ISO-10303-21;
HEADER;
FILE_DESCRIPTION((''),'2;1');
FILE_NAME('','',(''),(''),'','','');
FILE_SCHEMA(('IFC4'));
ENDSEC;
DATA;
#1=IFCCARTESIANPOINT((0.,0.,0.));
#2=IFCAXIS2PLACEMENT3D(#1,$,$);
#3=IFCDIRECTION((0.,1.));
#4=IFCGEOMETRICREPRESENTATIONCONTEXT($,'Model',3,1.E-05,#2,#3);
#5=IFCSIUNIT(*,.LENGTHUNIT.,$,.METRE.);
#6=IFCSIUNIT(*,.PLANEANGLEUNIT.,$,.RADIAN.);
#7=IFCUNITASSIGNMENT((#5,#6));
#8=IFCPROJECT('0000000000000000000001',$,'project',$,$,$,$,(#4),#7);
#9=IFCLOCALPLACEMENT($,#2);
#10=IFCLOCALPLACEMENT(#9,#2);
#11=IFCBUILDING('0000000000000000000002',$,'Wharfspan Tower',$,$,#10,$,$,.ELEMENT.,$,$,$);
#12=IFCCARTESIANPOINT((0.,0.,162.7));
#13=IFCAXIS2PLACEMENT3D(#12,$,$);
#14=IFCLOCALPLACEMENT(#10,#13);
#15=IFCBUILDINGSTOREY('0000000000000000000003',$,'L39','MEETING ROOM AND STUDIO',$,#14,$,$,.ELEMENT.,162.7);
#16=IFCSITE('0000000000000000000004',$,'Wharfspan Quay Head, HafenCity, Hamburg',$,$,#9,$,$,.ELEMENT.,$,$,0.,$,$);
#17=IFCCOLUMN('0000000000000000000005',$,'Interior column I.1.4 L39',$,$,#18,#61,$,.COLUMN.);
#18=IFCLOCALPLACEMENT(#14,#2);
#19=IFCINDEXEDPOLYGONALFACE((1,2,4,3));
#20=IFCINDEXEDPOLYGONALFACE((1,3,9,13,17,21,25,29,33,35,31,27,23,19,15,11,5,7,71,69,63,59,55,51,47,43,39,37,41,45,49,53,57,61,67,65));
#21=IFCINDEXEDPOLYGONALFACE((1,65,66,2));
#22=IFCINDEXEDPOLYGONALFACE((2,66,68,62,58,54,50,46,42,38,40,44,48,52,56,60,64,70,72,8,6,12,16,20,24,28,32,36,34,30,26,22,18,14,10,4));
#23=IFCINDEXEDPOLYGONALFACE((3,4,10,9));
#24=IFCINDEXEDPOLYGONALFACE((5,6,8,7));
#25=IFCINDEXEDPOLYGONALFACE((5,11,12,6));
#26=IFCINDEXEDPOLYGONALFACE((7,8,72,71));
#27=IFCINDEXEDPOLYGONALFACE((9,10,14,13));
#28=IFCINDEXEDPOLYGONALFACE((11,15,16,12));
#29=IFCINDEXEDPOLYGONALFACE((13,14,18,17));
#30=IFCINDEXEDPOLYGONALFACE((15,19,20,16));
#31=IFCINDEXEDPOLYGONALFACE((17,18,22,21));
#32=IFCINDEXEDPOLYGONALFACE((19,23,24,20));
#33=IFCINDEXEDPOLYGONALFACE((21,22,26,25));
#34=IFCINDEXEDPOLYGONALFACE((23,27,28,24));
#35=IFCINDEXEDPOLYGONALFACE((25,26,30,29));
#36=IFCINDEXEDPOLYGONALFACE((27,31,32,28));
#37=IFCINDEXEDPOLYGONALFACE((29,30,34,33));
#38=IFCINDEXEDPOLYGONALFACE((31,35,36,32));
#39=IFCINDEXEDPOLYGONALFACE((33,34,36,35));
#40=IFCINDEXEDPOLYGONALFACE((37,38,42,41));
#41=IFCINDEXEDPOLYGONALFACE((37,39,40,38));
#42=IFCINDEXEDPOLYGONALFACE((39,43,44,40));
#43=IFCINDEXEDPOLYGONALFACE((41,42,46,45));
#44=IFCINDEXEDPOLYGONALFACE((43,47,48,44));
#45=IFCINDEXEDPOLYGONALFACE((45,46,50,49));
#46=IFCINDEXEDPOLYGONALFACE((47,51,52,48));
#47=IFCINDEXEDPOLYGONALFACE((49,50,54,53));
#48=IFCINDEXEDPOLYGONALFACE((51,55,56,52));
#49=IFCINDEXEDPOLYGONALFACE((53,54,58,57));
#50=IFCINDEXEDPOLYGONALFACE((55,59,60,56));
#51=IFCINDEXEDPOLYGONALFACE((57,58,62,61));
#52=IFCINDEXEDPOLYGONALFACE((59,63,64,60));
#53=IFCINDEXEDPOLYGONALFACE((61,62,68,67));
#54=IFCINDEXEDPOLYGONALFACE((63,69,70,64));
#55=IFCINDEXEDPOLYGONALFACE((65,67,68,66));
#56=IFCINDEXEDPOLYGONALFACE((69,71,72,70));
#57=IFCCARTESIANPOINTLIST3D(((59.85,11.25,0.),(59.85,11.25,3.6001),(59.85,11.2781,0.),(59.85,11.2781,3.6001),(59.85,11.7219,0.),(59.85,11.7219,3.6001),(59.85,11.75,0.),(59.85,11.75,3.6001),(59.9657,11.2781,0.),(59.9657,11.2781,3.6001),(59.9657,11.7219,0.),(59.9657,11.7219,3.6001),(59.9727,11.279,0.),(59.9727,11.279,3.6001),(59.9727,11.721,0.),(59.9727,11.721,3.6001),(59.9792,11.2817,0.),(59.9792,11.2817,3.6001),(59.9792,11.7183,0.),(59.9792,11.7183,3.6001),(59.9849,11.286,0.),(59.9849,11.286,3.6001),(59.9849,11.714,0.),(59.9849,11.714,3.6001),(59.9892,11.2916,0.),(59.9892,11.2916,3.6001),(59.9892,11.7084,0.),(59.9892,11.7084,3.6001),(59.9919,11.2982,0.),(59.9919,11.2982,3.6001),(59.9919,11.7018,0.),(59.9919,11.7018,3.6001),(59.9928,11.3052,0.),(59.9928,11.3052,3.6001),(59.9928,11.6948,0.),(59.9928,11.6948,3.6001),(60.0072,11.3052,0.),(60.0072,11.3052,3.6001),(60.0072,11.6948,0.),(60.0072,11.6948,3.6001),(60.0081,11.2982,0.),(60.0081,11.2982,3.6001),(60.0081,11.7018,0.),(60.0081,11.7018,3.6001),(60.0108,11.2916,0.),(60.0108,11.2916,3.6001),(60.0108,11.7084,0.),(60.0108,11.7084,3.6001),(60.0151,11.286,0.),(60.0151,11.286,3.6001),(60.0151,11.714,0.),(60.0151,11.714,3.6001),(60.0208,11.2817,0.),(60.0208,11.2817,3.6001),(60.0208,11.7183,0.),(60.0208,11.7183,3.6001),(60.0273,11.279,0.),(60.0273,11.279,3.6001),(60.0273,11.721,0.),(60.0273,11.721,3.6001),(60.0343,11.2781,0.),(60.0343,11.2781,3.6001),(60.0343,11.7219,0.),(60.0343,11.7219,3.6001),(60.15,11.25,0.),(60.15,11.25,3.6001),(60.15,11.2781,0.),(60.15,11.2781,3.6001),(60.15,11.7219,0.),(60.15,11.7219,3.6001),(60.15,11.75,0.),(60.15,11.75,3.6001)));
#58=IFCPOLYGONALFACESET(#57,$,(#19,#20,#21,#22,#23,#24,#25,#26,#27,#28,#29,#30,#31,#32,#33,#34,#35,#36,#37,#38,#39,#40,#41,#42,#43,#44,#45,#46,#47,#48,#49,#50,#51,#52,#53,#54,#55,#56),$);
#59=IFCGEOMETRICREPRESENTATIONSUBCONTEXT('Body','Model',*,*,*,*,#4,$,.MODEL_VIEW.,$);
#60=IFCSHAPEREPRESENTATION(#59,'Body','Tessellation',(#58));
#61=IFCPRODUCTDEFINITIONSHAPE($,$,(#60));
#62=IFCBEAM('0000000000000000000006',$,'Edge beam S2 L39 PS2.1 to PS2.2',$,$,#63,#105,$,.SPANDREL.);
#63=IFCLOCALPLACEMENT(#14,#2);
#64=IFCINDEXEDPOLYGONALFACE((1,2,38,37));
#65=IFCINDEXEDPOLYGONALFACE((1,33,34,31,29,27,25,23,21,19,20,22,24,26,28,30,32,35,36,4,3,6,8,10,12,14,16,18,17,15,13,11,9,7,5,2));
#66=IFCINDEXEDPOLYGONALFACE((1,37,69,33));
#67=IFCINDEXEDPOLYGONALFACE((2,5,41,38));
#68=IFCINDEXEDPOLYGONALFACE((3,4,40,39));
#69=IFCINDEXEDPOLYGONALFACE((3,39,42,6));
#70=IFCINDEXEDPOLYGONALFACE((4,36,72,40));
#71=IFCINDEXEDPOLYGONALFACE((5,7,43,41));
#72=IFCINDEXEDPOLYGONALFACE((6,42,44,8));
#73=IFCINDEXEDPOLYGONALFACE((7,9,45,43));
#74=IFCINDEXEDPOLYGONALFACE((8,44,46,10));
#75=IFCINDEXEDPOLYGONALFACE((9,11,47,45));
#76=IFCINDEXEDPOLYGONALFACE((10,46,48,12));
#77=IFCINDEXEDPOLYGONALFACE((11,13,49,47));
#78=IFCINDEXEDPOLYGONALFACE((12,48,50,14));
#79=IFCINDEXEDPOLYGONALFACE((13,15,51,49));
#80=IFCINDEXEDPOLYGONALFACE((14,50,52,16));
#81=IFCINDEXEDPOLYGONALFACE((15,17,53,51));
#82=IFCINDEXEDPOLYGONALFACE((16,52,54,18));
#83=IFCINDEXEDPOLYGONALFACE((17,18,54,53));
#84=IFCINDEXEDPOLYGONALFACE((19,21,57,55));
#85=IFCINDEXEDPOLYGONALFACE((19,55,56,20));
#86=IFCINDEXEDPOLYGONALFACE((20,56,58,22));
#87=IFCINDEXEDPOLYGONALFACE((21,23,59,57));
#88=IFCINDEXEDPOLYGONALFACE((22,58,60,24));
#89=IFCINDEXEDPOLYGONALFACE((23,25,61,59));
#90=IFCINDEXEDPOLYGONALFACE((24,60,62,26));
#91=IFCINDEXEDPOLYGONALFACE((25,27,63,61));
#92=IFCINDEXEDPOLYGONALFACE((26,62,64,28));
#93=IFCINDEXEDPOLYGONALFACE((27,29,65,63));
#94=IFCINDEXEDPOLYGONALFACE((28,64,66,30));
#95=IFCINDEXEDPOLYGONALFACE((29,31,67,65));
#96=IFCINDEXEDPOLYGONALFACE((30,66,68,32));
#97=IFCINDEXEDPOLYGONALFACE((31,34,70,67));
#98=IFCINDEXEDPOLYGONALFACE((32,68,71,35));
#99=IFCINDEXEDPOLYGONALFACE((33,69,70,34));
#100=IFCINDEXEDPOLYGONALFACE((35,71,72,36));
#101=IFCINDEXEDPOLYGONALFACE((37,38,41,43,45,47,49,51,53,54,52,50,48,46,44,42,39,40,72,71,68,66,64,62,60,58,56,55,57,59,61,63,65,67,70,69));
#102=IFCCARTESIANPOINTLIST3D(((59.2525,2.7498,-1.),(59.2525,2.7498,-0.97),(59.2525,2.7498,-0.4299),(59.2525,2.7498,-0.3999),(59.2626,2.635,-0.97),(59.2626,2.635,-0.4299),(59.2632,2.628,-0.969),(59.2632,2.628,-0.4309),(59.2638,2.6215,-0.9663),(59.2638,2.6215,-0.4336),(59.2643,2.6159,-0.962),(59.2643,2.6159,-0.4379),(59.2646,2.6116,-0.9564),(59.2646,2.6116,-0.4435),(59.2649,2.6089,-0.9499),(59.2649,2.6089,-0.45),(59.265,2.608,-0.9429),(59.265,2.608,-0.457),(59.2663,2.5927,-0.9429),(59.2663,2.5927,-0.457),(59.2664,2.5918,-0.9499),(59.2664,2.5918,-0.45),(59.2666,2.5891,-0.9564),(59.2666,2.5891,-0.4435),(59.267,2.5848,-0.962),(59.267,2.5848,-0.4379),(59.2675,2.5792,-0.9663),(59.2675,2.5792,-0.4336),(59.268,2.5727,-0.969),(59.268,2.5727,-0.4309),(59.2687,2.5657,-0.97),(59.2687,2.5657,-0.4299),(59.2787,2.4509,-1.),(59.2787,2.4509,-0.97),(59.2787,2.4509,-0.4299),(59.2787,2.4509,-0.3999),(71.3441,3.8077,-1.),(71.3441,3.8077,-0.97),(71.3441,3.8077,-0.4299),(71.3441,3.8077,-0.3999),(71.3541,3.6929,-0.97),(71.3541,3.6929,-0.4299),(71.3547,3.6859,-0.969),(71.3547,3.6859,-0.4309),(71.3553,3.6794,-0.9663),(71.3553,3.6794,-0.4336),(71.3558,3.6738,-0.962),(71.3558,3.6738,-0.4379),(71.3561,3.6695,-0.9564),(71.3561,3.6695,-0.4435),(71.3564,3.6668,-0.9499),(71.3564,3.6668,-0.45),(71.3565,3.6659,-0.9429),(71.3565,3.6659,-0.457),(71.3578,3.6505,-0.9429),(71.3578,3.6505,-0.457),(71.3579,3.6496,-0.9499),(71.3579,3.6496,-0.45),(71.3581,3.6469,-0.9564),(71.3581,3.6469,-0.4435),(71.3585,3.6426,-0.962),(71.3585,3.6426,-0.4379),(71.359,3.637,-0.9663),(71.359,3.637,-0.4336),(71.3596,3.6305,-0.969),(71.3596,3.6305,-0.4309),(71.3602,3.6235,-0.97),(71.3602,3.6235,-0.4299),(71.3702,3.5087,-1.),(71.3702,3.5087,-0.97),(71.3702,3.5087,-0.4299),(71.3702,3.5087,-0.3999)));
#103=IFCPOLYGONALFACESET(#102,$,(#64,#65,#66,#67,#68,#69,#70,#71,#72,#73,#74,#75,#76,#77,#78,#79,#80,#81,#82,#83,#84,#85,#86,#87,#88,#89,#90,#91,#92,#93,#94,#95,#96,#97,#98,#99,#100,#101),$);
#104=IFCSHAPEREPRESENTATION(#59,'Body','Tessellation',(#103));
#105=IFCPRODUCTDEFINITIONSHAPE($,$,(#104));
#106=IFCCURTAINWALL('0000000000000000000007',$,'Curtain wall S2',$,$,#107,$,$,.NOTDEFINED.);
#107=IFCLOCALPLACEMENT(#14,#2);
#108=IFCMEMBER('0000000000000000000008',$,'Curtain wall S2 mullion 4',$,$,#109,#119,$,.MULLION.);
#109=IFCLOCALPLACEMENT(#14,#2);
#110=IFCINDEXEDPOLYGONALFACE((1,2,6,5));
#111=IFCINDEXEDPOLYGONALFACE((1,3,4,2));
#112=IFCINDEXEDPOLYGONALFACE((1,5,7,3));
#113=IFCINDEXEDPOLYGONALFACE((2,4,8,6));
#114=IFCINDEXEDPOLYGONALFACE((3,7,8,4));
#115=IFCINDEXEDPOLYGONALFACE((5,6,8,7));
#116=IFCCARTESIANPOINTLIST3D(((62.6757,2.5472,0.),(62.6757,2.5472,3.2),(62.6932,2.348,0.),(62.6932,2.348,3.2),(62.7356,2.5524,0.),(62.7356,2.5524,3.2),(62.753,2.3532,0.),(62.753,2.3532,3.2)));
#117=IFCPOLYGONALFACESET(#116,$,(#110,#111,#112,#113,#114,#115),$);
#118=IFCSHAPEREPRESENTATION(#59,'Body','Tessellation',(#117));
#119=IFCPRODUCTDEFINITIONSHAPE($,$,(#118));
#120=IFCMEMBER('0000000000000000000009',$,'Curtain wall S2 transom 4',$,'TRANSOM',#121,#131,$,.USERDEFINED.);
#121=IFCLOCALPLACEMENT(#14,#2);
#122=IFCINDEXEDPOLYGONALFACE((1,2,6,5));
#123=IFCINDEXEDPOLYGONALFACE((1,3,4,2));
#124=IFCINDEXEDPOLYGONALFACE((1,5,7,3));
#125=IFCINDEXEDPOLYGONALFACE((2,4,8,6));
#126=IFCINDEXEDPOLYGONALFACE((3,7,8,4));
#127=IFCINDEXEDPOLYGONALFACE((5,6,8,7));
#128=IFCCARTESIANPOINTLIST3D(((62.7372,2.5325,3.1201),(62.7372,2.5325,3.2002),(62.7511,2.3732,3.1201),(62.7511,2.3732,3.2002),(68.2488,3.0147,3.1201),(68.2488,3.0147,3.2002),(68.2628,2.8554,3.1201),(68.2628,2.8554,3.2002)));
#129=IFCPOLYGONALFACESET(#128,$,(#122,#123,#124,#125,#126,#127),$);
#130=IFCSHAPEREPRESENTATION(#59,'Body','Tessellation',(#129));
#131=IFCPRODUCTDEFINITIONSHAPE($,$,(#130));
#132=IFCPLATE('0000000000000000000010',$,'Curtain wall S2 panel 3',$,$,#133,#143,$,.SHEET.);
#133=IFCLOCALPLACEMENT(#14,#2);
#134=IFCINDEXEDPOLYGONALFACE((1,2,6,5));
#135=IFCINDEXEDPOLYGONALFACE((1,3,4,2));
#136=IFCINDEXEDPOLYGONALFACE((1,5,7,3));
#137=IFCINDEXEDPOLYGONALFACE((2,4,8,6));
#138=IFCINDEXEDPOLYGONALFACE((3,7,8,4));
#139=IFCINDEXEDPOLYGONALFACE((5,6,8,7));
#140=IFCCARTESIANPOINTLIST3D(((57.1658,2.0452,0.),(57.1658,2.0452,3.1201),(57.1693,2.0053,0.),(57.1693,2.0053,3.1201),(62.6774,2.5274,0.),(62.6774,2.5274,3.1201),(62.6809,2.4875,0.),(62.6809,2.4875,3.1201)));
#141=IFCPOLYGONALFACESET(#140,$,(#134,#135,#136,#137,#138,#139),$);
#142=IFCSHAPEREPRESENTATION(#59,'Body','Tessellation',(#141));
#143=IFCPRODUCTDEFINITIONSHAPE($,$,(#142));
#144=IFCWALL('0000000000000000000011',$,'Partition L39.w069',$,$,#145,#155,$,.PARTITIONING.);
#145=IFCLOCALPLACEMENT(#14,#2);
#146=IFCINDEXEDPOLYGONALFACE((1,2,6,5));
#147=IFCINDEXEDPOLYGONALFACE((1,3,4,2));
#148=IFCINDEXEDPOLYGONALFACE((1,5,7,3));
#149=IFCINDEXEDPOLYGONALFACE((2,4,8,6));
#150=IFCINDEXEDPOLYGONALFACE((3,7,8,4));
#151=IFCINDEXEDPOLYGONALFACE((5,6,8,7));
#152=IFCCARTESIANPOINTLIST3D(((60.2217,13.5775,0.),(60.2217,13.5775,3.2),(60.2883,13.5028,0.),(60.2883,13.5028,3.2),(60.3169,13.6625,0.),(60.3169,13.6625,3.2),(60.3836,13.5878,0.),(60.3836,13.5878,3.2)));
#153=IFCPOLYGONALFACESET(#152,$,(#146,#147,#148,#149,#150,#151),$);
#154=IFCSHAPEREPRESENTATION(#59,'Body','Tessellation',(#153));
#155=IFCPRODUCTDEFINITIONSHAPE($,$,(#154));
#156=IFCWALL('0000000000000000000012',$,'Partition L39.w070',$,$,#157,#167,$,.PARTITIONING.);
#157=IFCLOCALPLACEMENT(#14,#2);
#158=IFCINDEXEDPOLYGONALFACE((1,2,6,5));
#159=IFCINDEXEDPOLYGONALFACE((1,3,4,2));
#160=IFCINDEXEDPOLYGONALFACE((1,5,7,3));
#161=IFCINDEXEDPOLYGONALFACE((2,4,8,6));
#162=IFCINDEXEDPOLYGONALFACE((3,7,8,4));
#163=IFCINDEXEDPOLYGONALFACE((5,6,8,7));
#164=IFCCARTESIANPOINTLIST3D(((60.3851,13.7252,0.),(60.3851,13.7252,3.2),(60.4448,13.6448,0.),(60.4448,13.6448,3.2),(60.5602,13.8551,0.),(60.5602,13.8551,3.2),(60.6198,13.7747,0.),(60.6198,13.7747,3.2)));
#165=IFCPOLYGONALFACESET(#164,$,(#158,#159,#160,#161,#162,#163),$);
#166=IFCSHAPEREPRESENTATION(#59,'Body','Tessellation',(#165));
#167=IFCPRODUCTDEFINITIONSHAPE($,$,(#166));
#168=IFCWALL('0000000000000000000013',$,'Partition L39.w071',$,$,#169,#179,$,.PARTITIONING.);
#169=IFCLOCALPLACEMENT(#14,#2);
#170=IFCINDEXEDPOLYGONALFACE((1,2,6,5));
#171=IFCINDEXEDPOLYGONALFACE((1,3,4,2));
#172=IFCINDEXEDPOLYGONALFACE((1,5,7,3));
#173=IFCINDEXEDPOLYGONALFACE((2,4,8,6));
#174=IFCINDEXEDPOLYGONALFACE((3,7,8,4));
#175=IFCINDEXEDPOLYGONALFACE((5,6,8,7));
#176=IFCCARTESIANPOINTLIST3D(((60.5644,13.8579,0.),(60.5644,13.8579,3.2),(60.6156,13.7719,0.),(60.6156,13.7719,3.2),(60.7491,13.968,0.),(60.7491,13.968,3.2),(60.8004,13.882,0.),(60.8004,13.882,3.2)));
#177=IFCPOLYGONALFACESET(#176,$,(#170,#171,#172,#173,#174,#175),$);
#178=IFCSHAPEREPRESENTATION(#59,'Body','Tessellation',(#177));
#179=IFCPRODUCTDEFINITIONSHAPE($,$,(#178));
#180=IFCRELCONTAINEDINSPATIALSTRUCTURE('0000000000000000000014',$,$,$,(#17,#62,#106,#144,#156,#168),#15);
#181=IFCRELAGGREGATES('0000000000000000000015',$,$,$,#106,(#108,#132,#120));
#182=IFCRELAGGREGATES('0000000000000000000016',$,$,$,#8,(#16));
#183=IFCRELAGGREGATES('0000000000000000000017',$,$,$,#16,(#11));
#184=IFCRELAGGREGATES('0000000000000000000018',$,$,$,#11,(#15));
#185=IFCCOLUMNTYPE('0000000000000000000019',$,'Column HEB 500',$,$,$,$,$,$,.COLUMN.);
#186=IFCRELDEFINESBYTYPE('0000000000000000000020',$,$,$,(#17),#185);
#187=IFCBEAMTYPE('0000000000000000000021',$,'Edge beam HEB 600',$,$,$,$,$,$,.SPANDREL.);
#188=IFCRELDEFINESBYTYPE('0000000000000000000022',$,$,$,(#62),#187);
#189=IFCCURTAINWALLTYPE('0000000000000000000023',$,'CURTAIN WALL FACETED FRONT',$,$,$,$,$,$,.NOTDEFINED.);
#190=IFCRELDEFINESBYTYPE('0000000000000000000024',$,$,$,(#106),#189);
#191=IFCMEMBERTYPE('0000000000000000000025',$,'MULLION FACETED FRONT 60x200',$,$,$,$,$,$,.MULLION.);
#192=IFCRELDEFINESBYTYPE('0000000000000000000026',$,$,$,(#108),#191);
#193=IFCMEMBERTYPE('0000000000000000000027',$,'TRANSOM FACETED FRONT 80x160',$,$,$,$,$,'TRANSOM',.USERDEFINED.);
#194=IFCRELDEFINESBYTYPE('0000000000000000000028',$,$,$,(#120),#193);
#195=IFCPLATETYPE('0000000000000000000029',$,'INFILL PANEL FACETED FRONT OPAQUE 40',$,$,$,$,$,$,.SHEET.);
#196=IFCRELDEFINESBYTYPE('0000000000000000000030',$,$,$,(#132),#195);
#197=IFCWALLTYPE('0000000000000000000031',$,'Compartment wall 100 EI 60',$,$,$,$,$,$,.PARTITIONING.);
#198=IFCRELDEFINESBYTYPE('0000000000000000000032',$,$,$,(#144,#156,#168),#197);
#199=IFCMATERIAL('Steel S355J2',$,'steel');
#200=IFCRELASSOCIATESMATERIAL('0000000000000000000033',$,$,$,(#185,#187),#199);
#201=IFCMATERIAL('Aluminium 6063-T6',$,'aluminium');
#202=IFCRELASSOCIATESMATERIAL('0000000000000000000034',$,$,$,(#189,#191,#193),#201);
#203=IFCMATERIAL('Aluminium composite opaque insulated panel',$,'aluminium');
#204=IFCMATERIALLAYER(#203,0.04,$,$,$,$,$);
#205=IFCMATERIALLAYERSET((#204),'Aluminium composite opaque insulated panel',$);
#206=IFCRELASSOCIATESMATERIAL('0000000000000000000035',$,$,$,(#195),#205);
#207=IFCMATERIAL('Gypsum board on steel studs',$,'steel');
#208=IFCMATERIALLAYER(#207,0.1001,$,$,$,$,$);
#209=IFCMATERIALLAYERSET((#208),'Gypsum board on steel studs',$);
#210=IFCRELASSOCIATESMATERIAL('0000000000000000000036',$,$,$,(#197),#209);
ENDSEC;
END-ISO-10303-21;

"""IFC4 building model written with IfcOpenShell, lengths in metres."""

from ifc_helpers import new_model, si_unit, direction, frame, frame_2d, origin, origin_2d, place, context, subcontext, project, spatial, rectangle, i_section, extrude, material, layer, layer_set, material_profile, profile_set, type_object, element, aggregate, save


model = new_model("IFC4")

# Units and contexts
model_context = context("Model", 3, precision=1e-05, world=origin(), true_north=direction((0.0, 1.0)))
body_context = subcontext(model_context, "Body", "Model", "MODEL_VIEW")
ifc_project = project(units=[si_unit("LENGTHUNIT", "METRE"), si_unit("PLANEANGLEUNIT", "RADIAN")], contexts=[model_context])

# Site, building, storey
site_placement = place(None, origin())
site = spatial("IfcSite", under=ifc_project, at=site_placement, Name="Wharfspan Quay Head, HafenCity, Hamburg", CompositionType="ELEMENT", RefElevation=0.0)
building_placement = place(site_placement, origin())
building = spatial("IfcBuilding", under=site, at=building_placement, Name="Wharfspan Tower", CompositionType="ELEMENT")
storey_placement = place(building_placement, frame((0.0, 0.0, 162.7)))
storey = spatial("IfcBuildingStorey", under=building, at=storey_placement, Name="L39", Description="MEETING ROOM AND STUDIO", CompositionType="ELEMENT", Elevation=162.7)

# Column
ifc_material_1 = material(Name="Steel S355J2", Category="steel")
ifc_material_profile_1 = material_profile(ifc_material_1, i_section(OverallWidth=0.3, OverallDepth=0.5, WebThickness=0.0144, FlangeThickness=0.0281, FilletRadius=0.0271, at=origin_2d()))
ifc_profile_set_1 = profile_set([ifc_material_profile_1], Name="Steel S355J2")
column_type = type_object("IfcColumnType", Name="Column HEB 500", PredefinedType="COLUMN", material=ifc_profile_set_1)
column_placement = place(storey_placement, frame((60.0, 11.5, 0.0), z_axis=(0.0, 0.0, 1.0), x_axis=(1.0, 0.0, 0.0)))
element("IfcColumn", 1, at=column_placement, inside=storey, type_object=column_type, Name="Interior column I.1.4 L39", PredefinedType="COLUMN", context=body_context, shape_type="SweptSolid", body=[
    extrude(i_section(OverallWidth=0.3, OverallDepth=0.5, WebThickness=0.0144, FlangeThickness=0.0281, FilletRadius=0.0271, at=origin_2d()), origin(), (0.0, 0.0, 1.0), 3.6001),
])

# Beam
ifc_material_profile_2 = material_profile(ifc_material_1, i_section(OverallWidth=0.3, OverallDepth=0.6001, WebThickness=0.0154, FlangeThickness=0.03, FilletRadius=0.0271, at=origin_2d()))
ifc_profile_set_2 = profile_set([ifc_material_profile_2], Name="Steel S355J2")
beam_type = type_object("IfcBeamType", Name="Edge beam HEB 600", PredefinedType="SPANDREL", material=ifc_profile_set_2)
beam_placement = place(storey_placement, frame((59.2656, 2.6003, -0.7), z_axis=(0.996195, 0.087155, 0.0), x_axis=(-0.087155, 0.996195, 0.0)))
element("IfcBeam", 2, at=beam_placement, inside=storey, type_object=beam_type, Name="Edge beam S2 L39 PS2.1 to PS2.2", PredefinedType="SPANDREL", context=body_context, shape_type="SweptSolid", body=[
    extrude(i_section(OverallWidth=0.3, OverallDepth=0.6001, WebThickness=0.0154, FlangeThickness=0.03, FilletRadius=0.0271, at=origin_2d()), origin(), (0.0, 0.0, 1.0), 12.1377),
])

# Curtain wall, members, plate
ifc_material_2 = material(Name="Aluminium 6063-T6", Category="aluminium")
curtain_wall_type = type_object("IfcCurtainWallType", Name="CURTAIN WALL FACETED FRONT", PredefinedType="NOTDEFINED", material=ifc_material_2)
curtain_wall_placement = place(storey_placement, origin())
curtain_wall = element("IfcCurtainWall", 3, at=curtain_wall_placement, inside=storey, type_object=curtain_wall_type, Name="Curtain wall S2", PredefinedType="NOTDEFINED")
ifc_material_profile_3 = material_profile(ifc_material_2, rectangle(XDim=0.2, YDim=0.0601, at=origin_2d()))
ifc_profile_set_3 = profile_set([ifc_material_profile_3], Name="Aluminium 6063-T6")
member_type_1 = type_object("IfcMemberType", Name="MULLION FACETED FRONT 60x200", PredefinedType="MULLION", material=ifc_profile_set_3)
member_1_placement = place(storey_placement, frame((62.7144, 2.4502, 0.0), z_axis=(0.0, 0.0, 1.0), x_axis=(-0.087156, 0.996198, 0.0)))
member_1 = element("IfcMember", 4, at=member_1_placement, type_object=member_type_1, Name="Curtain wall S2 mullion 4", PredefinedType="MULLION", context=body_context, shape_type="SweptSolid", body=[
    extrude(rectangle(XDim=0.2, YDim=0.0601, at=origin_2d()), origin(), (0.0, 0.0, 1.0), 3.2),
])
ifc_material_profile_4 = material_profile(ifc_material_2, rectangle(XDim=0.1599, YDim=0.0801, at=origin_2d()))
ifc_profile_set_4 = profile_set([ifc_material_profile_4], Name="Aluminium 6063-T6")
member_type_2 = type_object("IfcMemberType", Name="TRANSOM FACETED FRONT 80x160", ElementType="TRANSOM", PredefinedType="USERDEFINED", material=ifc_profile_set_4)
member_2_placement = place(storey_placement, frame((62.7441, 2.4529, 3.1602), z_axis=(0.996195, 0.087149, 0.0), x_axis=(-0.087149, 0.996195, 0.0)))
member_2 = element("IfcMember", 5, at=member_2_placement, type_object=member_type_2, Name="Curtain wall S2 transom 4", ObjectType="TRANSOM", PredefinedType="USERDEFINED", context=body_context, shape_type="SweptSolid", body=[
    extrude(rectangle(XDim=0.1599, YDim=0.0801, at=origin_2d()), origin(), (0.0, 0.0, 1.0), 5.5327),
])
ifc_material_3 = material(Name="Aluminium composite opaque insulated panel", Category="aluminium")
ifc_layer_1 = layer(ifc_material_3, 0.04)
ifc_layer_set_1 = layer_set([ifc_layer_1], Name="Aluminium composite opaque insulated panel")
plate_type = type_object("IfcPlateType", Name="INFILL PANEL FACETED FRONT OPAQUE 40", PredefinedType="SHEET", material=ifc_layer_set_1)
plate_placement = place(storey_placement, frame((59.9233, 2.2664, 0.0), z_axis=(0.0, 0.0, 1.0), x_axis=(0.996198, 0.087156, 0.0)))
plate = element("IfcPlate", 6, at=plate_placement, type_object=plate_type, Name="Curtain wall S2 panel 3", PredefinedType="SHEET", context=body_context, shape_type="SweptSolid", body=[
    extrude(rectangle(XDim=5.5327, YDim=0.04, at=origin_2d()), origin(), (0.0, 0.0, 1.0), 3.1201),
])
aggregate(curtain_wall, [member_1, plate, member_2])

# Walls
ifc_material_4 = material(Name="Gypsum board on steel studs", Category="steel")
ifc_layer_2 = layer(ifc_material_4, 0.1001)
ifc_layer_set_2 = layer_set([ifc_layer_2], Name="Gypsum board on steel studs")
wall_type_1 = type_object("IfcWallType", Name="Compartment wall 100 EI 60", PredefinedType="PARTITIONING", material=ifc_layer_set_2)
wall_1_placement = place(storey_placement, frame((60.2549, 13.54, 0.0), z_axis=(0.0, 0.0, 1.0), x_axis=(0.746144, 0.66579, 0.0)))
element("IfcWall", 7, at=wall_1_placement, inside=storey, type_object=wall_type_1, Name="Partition L39.w069", PredefinedType="PARTITIONING", context=body_context, shape_type="SweptSolid", body=[
    extrude(rectangle(XDim=0.1277, YDim=0.1001, at=frame_2d((0.064, 0.0))), origin(), (0.0, 0.0, 1.0), 3.2),
])
wall_2_placement = place(storey_placement, frame((60.415, 13.6851, 0.0), z_axis=(0.0, 0.0, 1.0), x_axis=(0.803079, 0.595869, 0.0)))
element("IfcWall", 8, at=wall_2_placement, inside=storey, type_object=wall_type_1, Name="Partition L39.w070", PredefinedType="PARTITIONING", context=body_context, shape_type="SweptSolid", body=[
    extrude(rectangle(XDim=0.218, YDim=0.1001, at=frame_2d((0.1089, 0.0))), origin(), (0.0, 0.0, 1.0), 3.2),
])
wall_3_placement = place(storey_placement, frame((60.5901, 13.8149, 0.0), z_axis=(0.0, 0.0, 1.0), x_axis=(0.859091, 0.511823, 0.0)))
element("IfcWall", 9, at=wall_3_placement, inside=storey, type_object=wall_type_1, Name="Partition L39.w071", PredefinedType="PARTITIONING", context=body_context, shape_type="SweptSolid", body=[
    extrude(rectangle(XDim=0.2151, YDim=0.1001, at=frame_2d((0.1074, 0.0))), origin(), (0.0, 0.0, 1.0), 3.2),
])

save(model, "model.ifc")
